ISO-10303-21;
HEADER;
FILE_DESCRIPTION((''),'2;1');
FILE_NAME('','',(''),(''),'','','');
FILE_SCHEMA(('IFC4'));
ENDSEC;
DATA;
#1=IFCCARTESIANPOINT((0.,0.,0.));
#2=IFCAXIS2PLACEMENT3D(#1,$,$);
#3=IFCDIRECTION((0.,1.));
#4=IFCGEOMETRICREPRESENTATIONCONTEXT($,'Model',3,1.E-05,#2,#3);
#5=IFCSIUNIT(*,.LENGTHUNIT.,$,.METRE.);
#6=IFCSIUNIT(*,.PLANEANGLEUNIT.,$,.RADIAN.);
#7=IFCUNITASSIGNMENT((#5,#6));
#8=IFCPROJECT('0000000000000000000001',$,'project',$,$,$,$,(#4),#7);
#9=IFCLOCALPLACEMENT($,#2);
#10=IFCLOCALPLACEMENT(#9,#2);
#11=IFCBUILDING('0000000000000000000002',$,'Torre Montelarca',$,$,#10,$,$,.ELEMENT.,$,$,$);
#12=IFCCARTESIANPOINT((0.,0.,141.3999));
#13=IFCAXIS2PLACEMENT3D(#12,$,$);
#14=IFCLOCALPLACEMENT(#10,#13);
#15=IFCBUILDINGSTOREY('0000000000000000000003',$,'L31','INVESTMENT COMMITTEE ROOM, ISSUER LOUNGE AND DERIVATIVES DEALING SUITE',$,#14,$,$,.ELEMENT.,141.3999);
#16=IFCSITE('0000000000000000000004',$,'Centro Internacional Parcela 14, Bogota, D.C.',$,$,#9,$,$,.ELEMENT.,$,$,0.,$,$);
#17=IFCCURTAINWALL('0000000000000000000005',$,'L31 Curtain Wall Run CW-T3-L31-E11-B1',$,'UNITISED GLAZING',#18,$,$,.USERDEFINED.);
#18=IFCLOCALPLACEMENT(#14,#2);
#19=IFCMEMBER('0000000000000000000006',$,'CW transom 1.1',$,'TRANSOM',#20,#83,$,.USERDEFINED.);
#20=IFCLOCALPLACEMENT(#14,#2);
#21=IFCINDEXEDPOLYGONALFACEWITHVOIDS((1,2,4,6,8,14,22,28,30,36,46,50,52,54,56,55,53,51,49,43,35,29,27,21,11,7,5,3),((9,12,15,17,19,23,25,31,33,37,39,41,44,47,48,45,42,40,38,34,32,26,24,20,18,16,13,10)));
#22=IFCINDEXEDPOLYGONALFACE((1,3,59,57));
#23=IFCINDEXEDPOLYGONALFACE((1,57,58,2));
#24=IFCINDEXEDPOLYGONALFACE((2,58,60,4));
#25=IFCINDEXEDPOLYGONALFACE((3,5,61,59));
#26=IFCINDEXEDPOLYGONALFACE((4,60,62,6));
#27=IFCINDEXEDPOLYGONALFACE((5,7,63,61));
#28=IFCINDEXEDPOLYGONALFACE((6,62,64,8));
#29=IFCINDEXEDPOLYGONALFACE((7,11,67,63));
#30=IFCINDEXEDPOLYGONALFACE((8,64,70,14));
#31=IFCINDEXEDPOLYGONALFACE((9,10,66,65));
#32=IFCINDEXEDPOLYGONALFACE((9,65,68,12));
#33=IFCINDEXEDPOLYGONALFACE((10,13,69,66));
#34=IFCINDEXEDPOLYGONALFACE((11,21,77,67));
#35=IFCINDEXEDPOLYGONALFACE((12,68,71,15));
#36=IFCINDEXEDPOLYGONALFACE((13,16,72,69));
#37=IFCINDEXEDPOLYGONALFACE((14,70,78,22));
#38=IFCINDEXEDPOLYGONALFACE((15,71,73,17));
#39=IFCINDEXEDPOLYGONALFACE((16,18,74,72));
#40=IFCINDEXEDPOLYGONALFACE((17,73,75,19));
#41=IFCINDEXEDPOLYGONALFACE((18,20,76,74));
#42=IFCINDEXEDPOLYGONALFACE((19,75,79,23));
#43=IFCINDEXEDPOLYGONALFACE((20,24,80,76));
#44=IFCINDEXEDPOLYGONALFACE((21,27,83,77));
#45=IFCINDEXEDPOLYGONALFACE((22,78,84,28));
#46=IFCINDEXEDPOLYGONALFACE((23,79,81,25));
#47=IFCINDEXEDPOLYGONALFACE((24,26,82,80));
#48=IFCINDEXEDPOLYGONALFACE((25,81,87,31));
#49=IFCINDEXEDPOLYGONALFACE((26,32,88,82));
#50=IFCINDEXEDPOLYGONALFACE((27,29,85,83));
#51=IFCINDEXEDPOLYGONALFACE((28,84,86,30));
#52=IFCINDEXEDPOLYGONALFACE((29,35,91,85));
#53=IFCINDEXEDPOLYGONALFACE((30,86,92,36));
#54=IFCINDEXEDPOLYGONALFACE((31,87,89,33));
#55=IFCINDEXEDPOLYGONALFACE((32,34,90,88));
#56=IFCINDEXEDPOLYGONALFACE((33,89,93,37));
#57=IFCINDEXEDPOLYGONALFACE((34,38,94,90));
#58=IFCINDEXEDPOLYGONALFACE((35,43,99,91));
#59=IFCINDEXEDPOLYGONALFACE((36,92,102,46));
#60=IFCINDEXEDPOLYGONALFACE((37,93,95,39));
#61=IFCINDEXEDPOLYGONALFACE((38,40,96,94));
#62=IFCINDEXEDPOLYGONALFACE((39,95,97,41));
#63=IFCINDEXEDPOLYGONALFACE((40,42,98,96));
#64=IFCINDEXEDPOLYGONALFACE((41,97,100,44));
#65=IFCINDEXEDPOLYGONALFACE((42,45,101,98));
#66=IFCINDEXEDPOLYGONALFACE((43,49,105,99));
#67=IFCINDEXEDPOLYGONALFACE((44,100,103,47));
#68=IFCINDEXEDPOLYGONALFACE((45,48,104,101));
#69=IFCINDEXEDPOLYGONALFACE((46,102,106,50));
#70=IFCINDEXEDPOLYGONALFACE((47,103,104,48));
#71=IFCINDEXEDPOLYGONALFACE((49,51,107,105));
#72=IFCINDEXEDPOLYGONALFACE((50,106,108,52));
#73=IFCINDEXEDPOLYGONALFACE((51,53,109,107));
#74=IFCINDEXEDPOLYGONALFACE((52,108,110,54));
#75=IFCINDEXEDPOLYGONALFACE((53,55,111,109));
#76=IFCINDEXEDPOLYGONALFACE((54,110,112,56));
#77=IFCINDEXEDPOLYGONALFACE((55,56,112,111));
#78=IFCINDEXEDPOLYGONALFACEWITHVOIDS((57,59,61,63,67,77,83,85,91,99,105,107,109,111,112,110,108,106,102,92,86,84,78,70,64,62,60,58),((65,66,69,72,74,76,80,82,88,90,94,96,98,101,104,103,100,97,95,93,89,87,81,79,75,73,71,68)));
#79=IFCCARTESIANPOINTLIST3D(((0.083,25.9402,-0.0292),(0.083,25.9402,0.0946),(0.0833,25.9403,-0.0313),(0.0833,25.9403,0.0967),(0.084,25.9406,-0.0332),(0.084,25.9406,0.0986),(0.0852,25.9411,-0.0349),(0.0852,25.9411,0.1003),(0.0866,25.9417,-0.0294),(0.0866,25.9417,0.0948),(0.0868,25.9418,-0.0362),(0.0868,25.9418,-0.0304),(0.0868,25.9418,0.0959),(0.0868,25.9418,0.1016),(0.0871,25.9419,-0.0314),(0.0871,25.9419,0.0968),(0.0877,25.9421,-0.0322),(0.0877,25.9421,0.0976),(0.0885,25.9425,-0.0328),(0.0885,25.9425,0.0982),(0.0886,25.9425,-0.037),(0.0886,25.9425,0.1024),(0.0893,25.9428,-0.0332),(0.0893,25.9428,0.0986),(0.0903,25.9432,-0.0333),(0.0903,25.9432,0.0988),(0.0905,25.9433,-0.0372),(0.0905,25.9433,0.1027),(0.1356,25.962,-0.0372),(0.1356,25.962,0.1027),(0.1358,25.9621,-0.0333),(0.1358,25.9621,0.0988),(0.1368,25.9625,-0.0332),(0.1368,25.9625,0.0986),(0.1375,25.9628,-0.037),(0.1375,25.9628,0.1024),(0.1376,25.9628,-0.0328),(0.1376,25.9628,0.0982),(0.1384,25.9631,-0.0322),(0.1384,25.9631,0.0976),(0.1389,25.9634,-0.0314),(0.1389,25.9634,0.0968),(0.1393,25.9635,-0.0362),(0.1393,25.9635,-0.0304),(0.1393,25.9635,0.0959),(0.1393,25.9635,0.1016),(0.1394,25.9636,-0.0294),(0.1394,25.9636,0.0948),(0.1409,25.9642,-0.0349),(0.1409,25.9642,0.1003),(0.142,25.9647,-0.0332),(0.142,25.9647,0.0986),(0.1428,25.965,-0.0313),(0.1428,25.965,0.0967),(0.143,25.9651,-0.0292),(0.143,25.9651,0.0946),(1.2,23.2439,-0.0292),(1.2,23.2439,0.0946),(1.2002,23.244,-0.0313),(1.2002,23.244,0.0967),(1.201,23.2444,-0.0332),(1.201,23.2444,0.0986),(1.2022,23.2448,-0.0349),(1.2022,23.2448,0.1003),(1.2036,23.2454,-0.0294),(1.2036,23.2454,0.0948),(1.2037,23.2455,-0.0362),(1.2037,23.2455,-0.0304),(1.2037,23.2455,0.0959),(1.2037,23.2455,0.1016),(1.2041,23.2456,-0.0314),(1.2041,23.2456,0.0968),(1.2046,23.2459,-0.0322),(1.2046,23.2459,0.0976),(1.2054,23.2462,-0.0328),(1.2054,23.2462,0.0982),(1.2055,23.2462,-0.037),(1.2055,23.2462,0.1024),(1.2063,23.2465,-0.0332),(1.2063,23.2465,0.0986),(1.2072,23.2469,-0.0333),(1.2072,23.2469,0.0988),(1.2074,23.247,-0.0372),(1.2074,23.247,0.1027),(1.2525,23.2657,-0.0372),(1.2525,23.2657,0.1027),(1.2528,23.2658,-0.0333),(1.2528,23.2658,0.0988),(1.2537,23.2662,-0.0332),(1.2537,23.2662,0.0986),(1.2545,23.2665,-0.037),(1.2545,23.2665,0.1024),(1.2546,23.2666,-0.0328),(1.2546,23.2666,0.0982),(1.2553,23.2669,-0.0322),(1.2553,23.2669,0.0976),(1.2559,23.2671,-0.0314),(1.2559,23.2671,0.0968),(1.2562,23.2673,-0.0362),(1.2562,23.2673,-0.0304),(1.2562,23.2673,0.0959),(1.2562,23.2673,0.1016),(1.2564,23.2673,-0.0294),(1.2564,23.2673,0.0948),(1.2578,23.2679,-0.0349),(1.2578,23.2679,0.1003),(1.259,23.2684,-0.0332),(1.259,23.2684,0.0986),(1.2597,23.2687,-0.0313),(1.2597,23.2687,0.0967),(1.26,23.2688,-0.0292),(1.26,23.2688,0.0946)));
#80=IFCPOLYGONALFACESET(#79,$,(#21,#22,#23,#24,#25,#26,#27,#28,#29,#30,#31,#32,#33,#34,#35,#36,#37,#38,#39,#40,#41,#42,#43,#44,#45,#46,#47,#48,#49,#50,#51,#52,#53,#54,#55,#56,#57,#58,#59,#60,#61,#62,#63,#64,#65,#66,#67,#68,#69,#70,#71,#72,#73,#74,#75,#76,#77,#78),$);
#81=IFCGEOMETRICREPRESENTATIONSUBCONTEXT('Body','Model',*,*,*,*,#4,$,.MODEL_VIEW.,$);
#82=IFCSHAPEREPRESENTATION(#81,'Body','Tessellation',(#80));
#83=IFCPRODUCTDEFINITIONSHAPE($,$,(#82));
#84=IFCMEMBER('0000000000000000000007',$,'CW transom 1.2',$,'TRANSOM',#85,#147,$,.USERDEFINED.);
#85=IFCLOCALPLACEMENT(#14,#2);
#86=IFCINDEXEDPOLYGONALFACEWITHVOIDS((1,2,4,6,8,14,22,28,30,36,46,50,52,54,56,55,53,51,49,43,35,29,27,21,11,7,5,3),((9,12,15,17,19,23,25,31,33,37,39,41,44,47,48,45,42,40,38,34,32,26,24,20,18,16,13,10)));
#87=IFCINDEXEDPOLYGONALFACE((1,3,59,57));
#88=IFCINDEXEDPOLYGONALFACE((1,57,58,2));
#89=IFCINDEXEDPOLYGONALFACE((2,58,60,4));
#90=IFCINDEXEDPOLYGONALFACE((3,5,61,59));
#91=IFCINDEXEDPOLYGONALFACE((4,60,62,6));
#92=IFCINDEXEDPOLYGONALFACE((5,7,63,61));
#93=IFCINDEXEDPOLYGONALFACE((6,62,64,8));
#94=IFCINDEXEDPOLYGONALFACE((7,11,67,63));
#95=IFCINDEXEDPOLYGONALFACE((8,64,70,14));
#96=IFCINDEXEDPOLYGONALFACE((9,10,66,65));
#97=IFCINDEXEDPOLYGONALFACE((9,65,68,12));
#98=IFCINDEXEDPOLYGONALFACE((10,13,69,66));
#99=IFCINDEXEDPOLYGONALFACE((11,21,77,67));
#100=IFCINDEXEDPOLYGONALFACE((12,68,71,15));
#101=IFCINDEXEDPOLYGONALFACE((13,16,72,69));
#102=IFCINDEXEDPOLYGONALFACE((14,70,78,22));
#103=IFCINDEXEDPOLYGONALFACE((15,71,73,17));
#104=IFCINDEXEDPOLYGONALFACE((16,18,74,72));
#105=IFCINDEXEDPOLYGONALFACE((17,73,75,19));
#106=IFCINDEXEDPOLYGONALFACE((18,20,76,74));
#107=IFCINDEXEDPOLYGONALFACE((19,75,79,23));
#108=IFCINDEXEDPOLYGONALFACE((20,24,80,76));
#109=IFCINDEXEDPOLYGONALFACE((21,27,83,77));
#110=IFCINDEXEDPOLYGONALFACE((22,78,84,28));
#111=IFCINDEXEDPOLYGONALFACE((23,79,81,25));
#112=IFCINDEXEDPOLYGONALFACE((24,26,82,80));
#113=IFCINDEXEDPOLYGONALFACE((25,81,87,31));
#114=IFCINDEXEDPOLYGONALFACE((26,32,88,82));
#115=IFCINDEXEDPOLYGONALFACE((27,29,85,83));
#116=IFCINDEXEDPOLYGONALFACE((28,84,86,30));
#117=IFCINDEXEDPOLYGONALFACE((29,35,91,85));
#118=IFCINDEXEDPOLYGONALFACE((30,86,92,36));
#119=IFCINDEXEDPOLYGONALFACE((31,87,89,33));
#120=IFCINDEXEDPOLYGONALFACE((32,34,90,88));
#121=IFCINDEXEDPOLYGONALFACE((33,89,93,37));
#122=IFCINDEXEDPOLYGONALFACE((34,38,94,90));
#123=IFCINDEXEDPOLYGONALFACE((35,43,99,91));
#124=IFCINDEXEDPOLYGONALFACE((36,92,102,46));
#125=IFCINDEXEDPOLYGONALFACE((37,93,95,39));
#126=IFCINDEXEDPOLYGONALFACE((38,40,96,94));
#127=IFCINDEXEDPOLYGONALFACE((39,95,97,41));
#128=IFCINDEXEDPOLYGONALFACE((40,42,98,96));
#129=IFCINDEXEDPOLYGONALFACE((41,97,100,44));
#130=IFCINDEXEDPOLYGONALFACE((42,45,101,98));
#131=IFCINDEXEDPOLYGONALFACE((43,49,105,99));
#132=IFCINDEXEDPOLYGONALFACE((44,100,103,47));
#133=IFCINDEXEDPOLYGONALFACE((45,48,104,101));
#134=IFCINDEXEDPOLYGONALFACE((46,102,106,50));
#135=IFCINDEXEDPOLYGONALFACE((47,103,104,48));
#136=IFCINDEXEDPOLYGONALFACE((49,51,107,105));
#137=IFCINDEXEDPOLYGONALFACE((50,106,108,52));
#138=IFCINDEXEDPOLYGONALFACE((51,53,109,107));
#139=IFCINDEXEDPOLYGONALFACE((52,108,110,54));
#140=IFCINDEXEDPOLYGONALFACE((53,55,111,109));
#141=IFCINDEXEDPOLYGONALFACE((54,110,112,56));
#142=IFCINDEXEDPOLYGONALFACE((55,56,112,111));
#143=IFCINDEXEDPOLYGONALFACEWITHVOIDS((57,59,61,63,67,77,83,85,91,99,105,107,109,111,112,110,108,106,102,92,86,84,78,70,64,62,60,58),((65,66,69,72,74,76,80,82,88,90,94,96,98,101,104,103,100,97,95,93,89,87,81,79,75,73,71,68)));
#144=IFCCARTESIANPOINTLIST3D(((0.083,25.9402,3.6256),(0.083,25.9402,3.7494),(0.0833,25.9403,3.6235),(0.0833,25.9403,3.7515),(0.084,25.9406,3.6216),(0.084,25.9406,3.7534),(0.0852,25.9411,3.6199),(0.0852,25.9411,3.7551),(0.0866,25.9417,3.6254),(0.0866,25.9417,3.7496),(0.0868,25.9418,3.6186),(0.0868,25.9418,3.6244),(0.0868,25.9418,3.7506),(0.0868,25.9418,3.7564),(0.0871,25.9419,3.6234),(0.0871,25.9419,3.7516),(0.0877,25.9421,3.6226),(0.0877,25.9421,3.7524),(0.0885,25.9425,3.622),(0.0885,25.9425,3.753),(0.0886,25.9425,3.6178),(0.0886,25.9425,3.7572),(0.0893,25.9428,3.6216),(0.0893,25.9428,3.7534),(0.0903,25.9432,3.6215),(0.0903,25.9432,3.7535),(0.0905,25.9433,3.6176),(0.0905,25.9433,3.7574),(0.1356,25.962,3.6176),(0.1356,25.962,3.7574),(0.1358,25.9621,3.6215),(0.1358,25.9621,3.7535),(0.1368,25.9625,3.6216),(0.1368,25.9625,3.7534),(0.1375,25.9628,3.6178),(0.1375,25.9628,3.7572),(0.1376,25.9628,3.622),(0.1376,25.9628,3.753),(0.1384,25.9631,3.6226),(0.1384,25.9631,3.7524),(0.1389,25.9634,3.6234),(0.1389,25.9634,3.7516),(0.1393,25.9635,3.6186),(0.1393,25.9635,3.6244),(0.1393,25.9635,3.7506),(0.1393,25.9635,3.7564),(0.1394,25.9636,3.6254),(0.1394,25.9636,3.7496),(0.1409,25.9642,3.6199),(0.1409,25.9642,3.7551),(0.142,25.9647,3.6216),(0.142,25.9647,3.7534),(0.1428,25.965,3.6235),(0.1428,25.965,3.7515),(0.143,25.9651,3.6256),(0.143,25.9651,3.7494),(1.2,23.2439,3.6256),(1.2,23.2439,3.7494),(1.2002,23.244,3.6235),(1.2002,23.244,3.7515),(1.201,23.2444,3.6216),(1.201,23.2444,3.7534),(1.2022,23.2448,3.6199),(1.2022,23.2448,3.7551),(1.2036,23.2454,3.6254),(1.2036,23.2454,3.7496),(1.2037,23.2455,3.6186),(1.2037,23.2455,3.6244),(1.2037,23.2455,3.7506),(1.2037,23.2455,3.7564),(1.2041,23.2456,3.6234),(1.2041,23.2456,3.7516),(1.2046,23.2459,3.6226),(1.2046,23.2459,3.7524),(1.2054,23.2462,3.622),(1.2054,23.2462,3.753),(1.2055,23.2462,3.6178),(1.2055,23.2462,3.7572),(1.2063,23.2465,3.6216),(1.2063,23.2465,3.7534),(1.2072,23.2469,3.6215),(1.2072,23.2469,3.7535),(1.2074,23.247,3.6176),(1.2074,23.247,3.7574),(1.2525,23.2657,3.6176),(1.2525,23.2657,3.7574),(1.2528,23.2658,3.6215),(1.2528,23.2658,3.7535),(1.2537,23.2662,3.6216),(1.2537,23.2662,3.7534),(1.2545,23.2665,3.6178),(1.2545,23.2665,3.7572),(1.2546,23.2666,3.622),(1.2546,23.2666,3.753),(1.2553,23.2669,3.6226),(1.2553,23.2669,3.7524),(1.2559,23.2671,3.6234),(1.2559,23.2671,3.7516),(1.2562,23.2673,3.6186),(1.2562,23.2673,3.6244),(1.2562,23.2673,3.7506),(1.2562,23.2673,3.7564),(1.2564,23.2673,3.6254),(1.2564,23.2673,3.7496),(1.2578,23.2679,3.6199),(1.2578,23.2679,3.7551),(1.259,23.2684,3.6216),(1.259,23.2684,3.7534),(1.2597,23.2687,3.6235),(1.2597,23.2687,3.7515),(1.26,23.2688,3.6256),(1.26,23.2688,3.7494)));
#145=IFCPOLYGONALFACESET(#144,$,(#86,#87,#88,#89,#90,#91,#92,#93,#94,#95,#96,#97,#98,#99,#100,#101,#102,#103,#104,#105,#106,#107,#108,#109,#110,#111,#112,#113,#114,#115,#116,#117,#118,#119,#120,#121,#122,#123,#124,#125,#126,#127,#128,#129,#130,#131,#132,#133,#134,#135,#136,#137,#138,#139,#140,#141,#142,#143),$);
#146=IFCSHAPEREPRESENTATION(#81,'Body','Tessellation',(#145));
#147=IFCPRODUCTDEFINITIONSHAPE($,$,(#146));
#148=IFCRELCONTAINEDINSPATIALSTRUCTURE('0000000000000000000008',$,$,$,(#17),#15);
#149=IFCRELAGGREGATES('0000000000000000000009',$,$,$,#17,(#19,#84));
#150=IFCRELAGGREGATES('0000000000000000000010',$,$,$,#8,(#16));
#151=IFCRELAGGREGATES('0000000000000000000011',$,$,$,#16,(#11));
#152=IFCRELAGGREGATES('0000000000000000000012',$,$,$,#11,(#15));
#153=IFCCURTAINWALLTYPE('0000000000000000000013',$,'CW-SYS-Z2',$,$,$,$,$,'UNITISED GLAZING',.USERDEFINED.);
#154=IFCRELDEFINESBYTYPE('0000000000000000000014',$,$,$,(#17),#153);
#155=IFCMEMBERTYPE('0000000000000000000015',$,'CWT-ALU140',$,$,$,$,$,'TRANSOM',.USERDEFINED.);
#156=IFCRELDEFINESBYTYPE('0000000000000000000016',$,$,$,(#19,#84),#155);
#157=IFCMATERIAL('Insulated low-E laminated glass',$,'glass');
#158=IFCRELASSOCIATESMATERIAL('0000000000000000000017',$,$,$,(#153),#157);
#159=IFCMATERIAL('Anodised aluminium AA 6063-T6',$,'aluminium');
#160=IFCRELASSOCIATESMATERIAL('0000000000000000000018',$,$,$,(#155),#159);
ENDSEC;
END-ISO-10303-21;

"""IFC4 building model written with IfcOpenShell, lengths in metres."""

from ifc_helpers import new_model, si_unit, direction, frame, origin, origin_2d, place, context, subcontext, project, spatial, hollow_rectangle, extrude, source, transform, mapped, material, material_profile, profile_set, type_object, element, aggregate, save


model = new_model("IFC4")

# Units and contexts
model_context = context("Model", 3, precision=1e-05, world=origin(), true_north=direction((0.0, 1.0)))
body_context = subcontext(model_context, "Body", "Model", "MODEL_VIEW")
ifc_project = project(units=[si_unit("LENGTHUNIT", "METRE"), si_unit("PLANEANGLEUNIT", "RADIAN")], contexts=[model_context])

# Site, building, storey
site_placement = place(None, origin())
site = spatial("IfcSite", under=ifc_project, at=site_placement, Name="Centro Internacional Parcela 14, Bogota, D.C.", CompositionType="ELEMENT", RefElevation=0.0)
building_placement = place(site_placement, origin())
building = spatial("IfcBuilding", under=site, at=building_placement, Name="Torre Montelarca", CompositionType="ELEMENT")
storey_placement = place(building_placement, frame((0.0, 0.0, 141.3999)))
storey = spatial("IfcBuildingStorey", under=building, at=storey_placement, Name="L31", Description="INVESTMENT COMMITTEE ROOM, ISSUER LOUNGE AND DERIVATIVES DEALING SUITE", CompositionType="ELEMENT", Elevation=141.3999)

# Curtain wall, members
ifc_material_1 = material(Name="Insulated low-E laminated glass", Category="glass")
curtain_wall_type = type_object("IfcCurtainWallType", Name="CW-SYS-Z2", ElementType="UNITISED GLAZING", PredefinedType="USERDEFINED", material=ifc_material_1)
curtain_wall_1_placement = place(storey_placement, origin())
curtain_wall_1 = element("IfcCurtainWall", 1, at=curtain_wall_1_placement, inside=storey, type_object=curtain_wall_type, Name="L31 Curtain Wall Run CW-T3-L31-E11-B1", ObjectType="UNITISED GLAZING", PredefinedType="USERDEFINED")
ifc_material_2 = material(Name="Anodised aluminium AA 6063-T6", Category="aluminium")
ifc_material_profile_1 = material_profile(ifc_material_2, hollow_rectangle(XDim=0.0649, YDim=0.1399, WallThickness=0.0039, InnerFilletRadius=0.0039, OuterFilletRadius=0.0081, at=origin_2d()), Name="ALU65X140X4", Category="aluminium")
ifc_profile_set_1 = profile_set([ifc_material_profile_1], Name="Anodised aluminium AA 6063-T6")
member_type_1 = type_object("IfcMemberType", Name="CWT-ALU140", ElementType="TRANSOM", PredefinedType="USERDEFINED", material=ifc_profile_set_1)
shared_shape_1 = source(origin(), body_context, "Body", "SweptSolid", [
    extrude(hollow_rectangle(XDim=0.0649, YDim=0.1399, WallThickness=0.0039, InnerFilletRadius=0.0039, OuterFilletRadius=0.0081, at=origin_2d()), origin(), (0.0, 0.0, 1.0), 2.9185),
])
member_1_placement = place(storey_placement, frame((0.113, 25.9526, 0.0327), z_axis=(0.382714, -0.923867, 0.0), x_axis=(0.923867, 0.382714, 0.0)))
member_1 = element("IfcMember", 2, at=member_1_placement, type_object=member_type_1, Name="CW transom 1.1", ObjectType="TRANSOM", PredefinedType="USERDEFINED", context=body_context, shape_type="MappedRepresentation", body=[
    mapped(shared_shape_1, transform((0.0, 0.0, 0.0), scale=1.0)),
])
member_2_placement = place(storey_placement, frame((0.113, 25.9526, 3.6875), z_axis=(0.382714, -0.923867, 0.0), x_axis=(0.923867, 0.382714, 0.0)))
member_2 = element("IfcMember", 3, at=member_2_placement, type_object=member_type_1, Name="CW transom 1.2", ObjectType="TRANSOM", PredefinedType="USERDEFINED", context=body_context, shape_type="MappedRepresentation", body=[
    mapped(shared_shape_1, transform((0.0, 0.0, 0.0), scale=1.0)),
])

aggregate(curtain_wall_1, [member_1, member_2])

save(model, "model.ifc")
